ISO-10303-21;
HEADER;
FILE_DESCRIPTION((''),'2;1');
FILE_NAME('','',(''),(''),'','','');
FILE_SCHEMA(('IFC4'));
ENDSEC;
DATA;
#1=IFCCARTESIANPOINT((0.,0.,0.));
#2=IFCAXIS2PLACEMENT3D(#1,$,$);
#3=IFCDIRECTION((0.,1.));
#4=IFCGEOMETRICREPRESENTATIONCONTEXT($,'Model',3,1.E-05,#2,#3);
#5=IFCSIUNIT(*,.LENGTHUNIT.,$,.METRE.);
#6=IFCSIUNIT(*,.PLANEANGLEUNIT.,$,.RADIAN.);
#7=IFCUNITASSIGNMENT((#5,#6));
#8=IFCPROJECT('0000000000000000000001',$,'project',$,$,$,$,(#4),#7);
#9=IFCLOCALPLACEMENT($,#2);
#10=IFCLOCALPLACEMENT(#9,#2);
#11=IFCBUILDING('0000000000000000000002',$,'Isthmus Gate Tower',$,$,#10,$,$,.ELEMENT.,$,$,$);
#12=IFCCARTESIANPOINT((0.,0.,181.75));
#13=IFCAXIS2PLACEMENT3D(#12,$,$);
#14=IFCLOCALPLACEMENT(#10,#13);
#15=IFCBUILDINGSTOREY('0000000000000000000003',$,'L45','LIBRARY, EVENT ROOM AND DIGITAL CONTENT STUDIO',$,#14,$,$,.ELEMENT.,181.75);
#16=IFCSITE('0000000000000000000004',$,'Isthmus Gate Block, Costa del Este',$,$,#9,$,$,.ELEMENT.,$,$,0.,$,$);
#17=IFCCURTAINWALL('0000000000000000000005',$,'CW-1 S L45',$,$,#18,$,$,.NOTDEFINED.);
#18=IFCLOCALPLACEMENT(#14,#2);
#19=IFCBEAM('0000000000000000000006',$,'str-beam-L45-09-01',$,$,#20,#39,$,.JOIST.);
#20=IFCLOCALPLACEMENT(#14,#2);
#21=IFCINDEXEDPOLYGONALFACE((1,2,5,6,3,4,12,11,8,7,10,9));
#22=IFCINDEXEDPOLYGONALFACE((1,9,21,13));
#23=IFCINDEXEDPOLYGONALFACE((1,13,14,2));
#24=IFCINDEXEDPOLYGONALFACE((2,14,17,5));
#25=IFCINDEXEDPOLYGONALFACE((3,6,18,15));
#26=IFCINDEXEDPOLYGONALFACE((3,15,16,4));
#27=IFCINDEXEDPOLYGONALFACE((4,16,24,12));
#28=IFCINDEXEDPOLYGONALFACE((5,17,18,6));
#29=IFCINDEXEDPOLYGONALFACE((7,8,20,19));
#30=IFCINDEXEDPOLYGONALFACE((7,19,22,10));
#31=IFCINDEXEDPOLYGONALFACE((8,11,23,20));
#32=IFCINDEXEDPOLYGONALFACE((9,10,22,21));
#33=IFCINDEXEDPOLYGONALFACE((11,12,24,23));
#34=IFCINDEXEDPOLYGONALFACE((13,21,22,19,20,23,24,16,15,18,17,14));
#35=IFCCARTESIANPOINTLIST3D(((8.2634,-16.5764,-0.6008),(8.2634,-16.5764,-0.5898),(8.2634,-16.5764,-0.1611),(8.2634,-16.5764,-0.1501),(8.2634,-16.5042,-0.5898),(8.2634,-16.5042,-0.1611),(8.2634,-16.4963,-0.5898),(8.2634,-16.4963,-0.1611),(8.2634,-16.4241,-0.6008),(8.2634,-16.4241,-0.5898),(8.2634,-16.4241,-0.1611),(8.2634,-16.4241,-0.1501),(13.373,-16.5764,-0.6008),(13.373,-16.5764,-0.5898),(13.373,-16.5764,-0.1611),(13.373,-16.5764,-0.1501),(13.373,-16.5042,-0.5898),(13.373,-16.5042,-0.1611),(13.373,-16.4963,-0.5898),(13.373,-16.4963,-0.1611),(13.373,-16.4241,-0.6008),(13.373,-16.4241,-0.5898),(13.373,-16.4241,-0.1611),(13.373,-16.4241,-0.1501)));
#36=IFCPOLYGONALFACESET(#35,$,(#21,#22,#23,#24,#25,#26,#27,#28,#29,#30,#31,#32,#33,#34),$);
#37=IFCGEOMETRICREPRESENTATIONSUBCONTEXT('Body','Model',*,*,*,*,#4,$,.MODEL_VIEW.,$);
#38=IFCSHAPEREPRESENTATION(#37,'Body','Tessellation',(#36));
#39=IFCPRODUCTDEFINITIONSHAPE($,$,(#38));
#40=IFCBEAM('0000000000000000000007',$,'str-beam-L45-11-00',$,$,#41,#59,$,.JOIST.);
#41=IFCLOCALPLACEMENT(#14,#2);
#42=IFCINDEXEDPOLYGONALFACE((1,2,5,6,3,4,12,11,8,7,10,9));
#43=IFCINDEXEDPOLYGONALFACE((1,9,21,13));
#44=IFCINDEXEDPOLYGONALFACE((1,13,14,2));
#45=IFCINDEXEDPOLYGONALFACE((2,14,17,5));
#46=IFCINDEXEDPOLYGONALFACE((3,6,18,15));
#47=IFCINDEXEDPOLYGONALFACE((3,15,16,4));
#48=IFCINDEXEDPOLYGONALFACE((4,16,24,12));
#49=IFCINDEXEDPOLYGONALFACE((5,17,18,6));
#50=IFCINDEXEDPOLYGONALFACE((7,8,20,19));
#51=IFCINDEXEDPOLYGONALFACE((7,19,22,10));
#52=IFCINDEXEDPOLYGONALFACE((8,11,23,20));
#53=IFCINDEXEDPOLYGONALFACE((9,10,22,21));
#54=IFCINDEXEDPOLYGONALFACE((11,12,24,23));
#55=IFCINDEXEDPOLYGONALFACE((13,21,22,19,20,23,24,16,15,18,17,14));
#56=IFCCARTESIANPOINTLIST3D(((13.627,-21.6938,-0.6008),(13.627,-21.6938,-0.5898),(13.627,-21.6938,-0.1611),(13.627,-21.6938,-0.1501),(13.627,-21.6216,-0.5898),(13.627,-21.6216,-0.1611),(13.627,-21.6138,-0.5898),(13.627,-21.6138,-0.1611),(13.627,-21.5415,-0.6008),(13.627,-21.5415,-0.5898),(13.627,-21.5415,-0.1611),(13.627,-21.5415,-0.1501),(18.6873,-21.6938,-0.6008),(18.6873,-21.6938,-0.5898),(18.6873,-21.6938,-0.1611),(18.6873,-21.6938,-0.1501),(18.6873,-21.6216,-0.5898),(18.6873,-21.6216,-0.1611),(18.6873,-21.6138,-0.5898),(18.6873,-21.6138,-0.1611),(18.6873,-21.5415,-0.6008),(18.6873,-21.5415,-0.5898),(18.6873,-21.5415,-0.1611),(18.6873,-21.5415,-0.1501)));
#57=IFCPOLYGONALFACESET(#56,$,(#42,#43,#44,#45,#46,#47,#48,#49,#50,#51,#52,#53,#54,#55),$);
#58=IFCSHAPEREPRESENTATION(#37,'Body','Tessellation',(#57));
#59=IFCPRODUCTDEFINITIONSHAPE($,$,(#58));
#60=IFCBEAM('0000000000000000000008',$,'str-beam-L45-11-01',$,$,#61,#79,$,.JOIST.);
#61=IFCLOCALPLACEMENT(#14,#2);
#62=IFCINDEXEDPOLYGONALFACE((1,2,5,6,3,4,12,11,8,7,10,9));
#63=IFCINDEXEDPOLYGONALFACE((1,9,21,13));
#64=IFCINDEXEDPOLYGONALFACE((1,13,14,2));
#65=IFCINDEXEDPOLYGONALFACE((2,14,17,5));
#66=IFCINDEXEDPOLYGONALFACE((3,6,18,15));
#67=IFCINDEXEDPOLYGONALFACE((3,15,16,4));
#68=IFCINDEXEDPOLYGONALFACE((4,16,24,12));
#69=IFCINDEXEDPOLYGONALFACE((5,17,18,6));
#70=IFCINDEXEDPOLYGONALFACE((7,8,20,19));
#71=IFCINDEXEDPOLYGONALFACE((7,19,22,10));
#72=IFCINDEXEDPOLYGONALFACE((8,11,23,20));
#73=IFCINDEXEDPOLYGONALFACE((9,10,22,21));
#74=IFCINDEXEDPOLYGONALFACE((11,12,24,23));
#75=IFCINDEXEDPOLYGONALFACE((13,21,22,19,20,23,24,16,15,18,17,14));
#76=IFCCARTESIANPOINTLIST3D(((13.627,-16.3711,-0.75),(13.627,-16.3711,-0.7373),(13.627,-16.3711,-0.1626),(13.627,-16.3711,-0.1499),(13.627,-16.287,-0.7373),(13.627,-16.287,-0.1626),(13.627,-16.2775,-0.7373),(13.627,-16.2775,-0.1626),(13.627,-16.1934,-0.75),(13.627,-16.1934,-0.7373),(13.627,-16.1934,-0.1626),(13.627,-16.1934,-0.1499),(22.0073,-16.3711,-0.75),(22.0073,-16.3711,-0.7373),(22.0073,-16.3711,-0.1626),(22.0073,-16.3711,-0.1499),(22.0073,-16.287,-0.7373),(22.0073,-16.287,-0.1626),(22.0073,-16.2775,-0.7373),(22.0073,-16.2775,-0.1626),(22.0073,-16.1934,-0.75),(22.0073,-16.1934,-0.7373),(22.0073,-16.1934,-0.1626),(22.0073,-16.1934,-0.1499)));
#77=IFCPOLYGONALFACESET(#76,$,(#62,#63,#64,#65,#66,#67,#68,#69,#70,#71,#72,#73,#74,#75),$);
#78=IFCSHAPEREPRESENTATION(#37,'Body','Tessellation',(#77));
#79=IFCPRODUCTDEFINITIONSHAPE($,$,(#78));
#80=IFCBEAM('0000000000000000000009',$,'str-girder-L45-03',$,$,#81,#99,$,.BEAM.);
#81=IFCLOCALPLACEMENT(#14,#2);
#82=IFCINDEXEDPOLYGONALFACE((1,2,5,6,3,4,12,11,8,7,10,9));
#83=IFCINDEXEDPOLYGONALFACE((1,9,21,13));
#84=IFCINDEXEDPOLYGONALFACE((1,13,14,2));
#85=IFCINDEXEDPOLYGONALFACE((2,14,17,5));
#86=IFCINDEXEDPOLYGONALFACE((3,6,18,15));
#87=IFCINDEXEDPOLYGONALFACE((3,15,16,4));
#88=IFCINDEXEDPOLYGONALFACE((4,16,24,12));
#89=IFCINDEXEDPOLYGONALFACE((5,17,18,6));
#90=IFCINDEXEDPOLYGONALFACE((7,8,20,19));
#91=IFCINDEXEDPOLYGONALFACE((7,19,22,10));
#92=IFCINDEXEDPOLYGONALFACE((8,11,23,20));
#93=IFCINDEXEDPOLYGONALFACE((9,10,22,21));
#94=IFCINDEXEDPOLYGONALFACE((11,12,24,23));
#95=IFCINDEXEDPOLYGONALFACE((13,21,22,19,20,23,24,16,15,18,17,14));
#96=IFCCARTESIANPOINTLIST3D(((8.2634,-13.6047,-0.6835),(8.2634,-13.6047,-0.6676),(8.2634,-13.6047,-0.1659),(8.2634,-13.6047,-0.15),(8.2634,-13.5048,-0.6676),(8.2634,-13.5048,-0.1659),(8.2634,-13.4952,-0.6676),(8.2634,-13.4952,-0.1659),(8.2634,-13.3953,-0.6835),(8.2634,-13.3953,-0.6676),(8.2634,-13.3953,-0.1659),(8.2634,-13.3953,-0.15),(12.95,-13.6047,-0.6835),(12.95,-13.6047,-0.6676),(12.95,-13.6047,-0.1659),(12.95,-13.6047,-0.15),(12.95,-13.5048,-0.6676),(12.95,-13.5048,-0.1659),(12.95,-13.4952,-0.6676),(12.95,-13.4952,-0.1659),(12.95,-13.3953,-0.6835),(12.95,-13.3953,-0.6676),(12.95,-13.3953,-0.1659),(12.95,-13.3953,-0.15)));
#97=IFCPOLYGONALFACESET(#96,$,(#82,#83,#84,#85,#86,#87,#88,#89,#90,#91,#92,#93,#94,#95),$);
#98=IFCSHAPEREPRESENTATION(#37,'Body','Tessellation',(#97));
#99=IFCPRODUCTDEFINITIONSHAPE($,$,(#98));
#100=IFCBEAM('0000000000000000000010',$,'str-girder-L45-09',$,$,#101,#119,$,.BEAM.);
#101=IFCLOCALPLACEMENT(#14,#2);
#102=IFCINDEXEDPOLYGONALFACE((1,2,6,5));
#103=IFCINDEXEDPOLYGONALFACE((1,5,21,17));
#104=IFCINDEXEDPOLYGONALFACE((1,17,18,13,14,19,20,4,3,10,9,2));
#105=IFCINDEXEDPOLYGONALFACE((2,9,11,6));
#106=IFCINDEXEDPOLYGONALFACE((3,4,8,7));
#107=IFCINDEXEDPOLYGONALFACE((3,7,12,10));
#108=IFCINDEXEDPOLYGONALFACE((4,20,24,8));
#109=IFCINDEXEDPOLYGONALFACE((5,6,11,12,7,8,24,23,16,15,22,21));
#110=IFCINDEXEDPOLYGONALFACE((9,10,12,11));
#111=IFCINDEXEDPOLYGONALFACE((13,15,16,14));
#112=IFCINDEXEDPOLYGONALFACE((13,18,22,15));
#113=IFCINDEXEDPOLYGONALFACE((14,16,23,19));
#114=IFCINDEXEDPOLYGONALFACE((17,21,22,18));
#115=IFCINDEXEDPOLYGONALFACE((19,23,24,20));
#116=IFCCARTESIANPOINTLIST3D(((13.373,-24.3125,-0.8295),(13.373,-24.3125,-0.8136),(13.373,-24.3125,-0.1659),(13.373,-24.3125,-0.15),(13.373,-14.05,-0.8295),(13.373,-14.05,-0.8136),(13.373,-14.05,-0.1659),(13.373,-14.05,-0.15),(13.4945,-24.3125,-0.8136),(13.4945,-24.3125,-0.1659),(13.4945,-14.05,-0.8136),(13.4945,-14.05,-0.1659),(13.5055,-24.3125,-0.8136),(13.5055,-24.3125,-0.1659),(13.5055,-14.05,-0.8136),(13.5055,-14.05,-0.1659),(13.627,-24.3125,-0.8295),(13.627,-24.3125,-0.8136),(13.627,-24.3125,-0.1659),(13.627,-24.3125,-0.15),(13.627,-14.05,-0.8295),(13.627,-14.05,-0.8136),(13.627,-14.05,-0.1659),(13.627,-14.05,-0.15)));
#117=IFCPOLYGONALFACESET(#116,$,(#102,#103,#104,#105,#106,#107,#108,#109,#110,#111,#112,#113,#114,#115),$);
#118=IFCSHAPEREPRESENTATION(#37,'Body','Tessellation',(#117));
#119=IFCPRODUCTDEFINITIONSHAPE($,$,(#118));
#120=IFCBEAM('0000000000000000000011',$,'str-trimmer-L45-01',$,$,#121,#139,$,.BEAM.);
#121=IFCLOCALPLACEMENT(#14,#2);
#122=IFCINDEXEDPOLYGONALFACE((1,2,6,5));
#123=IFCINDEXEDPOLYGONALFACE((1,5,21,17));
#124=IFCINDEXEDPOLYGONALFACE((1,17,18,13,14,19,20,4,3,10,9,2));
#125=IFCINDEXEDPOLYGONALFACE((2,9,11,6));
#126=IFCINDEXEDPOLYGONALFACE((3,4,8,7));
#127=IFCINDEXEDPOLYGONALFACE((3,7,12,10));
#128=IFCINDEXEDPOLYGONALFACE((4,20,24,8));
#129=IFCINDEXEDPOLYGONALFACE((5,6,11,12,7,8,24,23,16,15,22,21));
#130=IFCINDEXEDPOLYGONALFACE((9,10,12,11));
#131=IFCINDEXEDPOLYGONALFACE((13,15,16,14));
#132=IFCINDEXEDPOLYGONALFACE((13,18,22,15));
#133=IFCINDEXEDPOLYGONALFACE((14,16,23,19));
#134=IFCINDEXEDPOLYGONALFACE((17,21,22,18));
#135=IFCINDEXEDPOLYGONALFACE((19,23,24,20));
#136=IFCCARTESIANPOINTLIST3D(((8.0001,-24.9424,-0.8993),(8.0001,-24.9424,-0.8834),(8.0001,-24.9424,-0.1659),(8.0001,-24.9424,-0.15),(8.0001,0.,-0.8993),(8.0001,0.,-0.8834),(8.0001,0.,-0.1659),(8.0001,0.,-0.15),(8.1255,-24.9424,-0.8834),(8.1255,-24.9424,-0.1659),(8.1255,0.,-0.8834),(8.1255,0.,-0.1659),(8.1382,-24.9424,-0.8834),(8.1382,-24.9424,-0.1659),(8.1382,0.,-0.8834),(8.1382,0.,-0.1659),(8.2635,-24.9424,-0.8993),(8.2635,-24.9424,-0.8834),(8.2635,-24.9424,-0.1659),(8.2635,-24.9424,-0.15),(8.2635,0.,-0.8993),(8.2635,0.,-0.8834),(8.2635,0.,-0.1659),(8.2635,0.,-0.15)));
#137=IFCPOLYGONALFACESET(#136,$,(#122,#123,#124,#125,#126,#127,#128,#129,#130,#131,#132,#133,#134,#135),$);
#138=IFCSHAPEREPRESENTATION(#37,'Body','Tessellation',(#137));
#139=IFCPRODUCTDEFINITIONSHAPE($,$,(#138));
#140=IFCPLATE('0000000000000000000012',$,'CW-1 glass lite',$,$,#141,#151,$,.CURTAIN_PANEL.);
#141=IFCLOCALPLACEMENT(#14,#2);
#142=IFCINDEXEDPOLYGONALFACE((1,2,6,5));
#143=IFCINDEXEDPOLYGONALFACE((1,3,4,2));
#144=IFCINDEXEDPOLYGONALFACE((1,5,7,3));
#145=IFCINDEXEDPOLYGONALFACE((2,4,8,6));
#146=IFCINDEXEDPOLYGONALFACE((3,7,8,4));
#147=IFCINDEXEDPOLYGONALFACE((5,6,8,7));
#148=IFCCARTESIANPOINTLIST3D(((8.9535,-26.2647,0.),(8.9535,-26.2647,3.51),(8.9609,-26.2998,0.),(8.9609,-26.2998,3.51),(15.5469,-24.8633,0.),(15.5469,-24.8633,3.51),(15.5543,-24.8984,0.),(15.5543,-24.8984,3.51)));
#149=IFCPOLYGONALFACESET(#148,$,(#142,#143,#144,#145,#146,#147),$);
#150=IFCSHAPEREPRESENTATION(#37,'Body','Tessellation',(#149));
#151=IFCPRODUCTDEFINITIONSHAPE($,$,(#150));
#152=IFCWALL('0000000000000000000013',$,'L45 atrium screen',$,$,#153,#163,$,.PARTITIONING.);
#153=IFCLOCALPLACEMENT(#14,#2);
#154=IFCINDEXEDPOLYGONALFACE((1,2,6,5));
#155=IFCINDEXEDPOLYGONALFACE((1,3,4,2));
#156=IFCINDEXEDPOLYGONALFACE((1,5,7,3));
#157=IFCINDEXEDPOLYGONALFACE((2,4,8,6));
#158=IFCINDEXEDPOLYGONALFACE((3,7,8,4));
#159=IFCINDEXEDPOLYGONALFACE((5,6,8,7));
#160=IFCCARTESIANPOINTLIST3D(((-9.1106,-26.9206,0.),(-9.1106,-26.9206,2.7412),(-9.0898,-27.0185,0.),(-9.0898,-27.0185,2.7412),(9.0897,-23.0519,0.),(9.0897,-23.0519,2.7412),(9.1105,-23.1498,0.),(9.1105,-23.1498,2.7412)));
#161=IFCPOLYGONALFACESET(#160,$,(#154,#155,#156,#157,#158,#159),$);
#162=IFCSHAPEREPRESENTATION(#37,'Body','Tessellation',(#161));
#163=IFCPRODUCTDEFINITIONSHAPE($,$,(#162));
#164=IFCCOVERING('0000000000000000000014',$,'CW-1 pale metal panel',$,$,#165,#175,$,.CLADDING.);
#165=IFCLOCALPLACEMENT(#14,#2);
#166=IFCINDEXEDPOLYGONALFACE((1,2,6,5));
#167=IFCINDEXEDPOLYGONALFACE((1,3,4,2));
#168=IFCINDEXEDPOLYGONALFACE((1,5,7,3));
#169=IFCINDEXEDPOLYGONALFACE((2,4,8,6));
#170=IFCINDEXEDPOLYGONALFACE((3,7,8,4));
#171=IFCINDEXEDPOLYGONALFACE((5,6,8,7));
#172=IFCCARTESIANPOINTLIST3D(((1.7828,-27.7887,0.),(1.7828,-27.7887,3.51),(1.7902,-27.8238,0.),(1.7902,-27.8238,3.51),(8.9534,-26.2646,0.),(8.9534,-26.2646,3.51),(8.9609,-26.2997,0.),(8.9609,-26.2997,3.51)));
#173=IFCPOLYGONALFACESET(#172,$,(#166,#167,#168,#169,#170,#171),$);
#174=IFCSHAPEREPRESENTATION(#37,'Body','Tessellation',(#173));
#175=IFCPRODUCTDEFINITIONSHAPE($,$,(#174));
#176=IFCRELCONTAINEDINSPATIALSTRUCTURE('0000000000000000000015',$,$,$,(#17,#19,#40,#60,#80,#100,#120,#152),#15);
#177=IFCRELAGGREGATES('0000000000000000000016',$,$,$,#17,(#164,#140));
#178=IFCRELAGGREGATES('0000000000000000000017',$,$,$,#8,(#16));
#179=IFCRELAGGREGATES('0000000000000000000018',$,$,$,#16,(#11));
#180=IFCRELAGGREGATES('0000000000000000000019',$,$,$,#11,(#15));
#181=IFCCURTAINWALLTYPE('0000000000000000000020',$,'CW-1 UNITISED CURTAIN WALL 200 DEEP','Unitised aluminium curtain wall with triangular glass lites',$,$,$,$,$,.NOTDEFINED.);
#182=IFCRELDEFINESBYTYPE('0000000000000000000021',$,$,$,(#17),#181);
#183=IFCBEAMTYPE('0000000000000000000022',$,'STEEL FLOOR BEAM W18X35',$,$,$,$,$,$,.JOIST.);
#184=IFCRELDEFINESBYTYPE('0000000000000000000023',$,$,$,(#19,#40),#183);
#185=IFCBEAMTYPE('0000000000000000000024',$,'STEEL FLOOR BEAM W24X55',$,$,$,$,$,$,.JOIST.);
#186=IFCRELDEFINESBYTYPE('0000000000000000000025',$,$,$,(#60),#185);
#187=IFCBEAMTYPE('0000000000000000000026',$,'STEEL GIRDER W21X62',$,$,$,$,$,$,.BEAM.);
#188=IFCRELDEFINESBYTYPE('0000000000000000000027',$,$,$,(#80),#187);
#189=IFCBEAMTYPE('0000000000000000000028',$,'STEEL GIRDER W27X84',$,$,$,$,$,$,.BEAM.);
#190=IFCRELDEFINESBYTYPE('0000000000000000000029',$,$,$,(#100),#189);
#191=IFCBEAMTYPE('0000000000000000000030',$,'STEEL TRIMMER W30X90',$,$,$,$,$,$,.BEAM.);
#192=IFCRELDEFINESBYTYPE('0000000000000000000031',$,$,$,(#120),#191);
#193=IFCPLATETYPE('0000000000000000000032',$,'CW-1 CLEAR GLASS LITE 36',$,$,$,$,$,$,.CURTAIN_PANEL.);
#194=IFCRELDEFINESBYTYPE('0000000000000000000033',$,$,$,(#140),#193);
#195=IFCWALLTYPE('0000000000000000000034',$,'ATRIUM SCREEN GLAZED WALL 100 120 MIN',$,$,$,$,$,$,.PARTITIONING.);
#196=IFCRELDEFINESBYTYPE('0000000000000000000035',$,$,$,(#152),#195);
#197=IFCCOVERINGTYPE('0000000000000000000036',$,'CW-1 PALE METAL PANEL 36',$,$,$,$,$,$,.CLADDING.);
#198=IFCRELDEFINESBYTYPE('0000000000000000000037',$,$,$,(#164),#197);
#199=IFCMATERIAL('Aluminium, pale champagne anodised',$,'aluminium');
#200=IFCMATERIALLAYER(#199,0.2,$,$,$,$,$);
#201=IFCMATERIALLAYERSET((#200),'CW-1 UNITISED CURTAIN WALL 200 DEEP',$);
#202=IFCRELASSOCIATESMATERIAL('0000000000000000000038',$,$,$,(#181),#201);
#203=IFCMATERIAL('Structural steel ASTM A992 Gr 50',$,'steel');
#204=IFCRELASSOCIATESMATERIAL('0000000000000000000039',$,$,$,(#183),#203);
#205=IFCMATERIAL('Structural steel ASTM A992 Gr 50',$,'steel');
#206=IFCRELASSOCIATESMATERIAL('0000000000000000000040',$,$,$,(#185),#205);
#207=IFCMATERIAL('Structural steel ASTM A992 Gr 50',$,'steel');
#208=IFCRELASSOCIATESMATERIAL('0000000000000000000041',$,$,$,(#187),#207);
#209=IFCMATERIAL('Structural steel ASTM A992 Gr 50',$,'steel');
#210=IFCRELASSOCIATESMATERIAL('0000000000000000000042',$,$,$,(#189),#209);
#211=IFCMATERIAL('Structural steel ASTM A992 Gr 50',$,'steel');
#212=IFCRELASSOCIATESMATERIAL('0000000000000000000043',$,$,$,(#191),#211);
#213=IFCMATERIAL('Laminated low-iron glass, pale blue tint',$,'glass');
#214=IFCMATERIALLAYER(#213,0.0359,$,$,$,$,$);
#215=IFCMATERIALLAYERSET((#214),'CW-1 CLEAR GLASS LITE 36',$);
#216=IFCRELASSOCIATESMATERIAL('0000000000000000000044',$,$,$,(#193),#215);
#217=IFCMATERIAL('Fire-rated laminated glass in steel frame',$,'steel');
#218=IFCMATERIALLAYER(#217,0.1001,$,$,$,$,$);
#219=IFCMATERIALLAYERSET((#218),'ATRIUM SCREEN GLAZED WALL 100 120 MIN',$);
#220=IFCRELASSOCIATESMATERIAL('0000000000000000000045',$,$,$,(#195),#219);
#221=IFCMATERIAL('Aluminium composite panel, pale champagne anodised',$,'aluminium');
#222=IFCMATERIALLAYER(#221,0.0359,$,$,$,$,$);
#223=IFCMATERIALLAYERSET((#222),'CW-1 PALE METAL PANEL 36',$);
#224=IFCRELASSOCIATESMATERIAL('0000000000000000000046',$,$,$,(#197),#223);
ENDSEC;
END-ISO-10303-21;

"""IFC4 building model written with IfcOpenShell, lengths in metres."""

from ifc_helpers import new_model, si_unit, direction, frame, frame_2d, origin, origin_2d, place, context, subcontext, project, spatial, rectangle, i_section, extrude, material, layer, layer_set, material_profile, profile_set, type_object, element, aggregate, save


model = new_model("IFC4")

# Units and contexts
model_context = context("Model", 3, precision=1e-05, world=origin(), true_north=direction((0.0, 1.0)))
body_context = subcontext(model_context, "Body", "Model", "MODEL_VIEW")
ifc_project = project(units=[si_unit("LENGTHUNIT", "METRE"), si_unit("PLANEANGLEUNIT", "RADIAN")], contexts=[model_context])

# Site, building, storey
site_placement = place(None, origin())
site = spatial("IfcSite", under=ifc_project, at=site_placement, Name="Isthmus Gate Block, Costa del Este", CompositionType="ELEMENT", RefElevation=0.0)
building_placement = place(site_placement, origin())
building = spatial("IfcBuilding", under=site, at=building_placement, Name="Isthmus Gate Tower", CompositionType="ELEMENT")
storey_placement = place(building_placement, frame((0.0, 0.0, 181.75)))
storey = spatial("IfcBuildingStorey", under=building, at=storey_placement, Name="L45", Description="LIBRARY, EVENT ROOM AND DIGITAL CONTENT STUDIO", CompositionType="ELEMENT", Elevation=181.75)

# Curtain wall
ifc_material_1 = material(Name="Aluminium, pale champagne anodised", Category="aluminium")
ifc_layer_1 = layer(ifc_material_1, 0.2)
ifc_layer_set_1 = layer_set([ifc_layer_1], Name="CW-1 UNITISED CURTAIN WALL 200 DEEP")
curtain_wall_type = type_object("IfcCurtainWallType", Name="CW-1 UNITISED CURTAIN WALL 200 DEEP", Description="Unitised aluminium curtain wall with triangular glass lites", PredefinedType="NOTDEFINED", material=ifc_layer_set_1)
curtain_wall_placement = place(storey_placement, origin())
curtain_wall = element("IfcCurtainWall", 1, at=curtain_wall_placement, inside=storey, type_object=curtain_wall_type, Name="CW-1 S L45", PredefinedType="NOTDEFINED")

# Beams
ifc_material_2 = material(Name="Structural steel ASTM A992 Gr 50", Category="steel")
ifc_material_profile_1 = material_profile(ifc_material_2, i_section(OverallWidth=0.1523, OverallDepth=0.4507, WebThickness=0.0078, FlangeThickness=0.011, at=origin_2d()), Name="W18X35")
ifc_profile_set_1 = profile_set([ifc_material_profile_1], Name="Structural steel ASTM A992 Gr 50")
beam_type_1 = type_object("IfcBeamType", Name="STEEL FLOOR BEAM W18X35", PredefinedType="JOIST", material=ifc_profile_set_1)
for number, where, z_axis, x_axis, name in (
    (2, (8.2634, -16.5002, -0.3755), (1.0, 0.0, 0.0), (0.0, 1.0, 0.0), "str-beam-L45-09-01"),
):
    element("IfcBeam", number, at=place(storey_placement, frame(where, z_axis=z_axis, x_axis=x_axis)), inside=storey, type_object=beam_type_1, Name=name, PredefinedType="JOIST", context=body_context, shape_type="SweptSolid", body=[
        extrude(i_section(OverallWidth=0.1523, OverallDepth=0.4507, WebThickness=0.0078, FlangeThickness=0.011, at=origin_2d()), origin(), (0.0, 0.0, 1.0), 5.1096),
    ])
beam_1_placement = place(storey_placement, frame((13.627, -21.6177, -0.3755), z_axis=(1.0, 0.0, 0.0), x_axis=(0.0, 1.0, 0.0)))
element("IfcBeam", 3, at=beam_1_placement, inside=storey, type_object=beam_type_1, Name="str-beam-L45-11-00", PredefinedType="JOIST", context=body_context, shape_type="SweptSolid", body=[
    extrude(i_section(OverallWidth=0.1523, OverallDepth=0.4507, WebThickness=0.0078, FlangeThickness=0.011, at=origin_2d()), origin(), (0.0, 0.0, 1.0), 5.0603),
])
ifc_material_3 = material(Name="Structural steel ASTM A992 Gr 50", Category="steel")
ifc_material_profile_2 = material_profile(ifc_material_3, i_section(OverallWidth=0.1777, OverallDepth=0.6001, WebThickness=0.0095, FlangeThickness=0.0127, at=origin_2d()), Name="W24X55")
ifc_profile_set_2 = profile_set([ifc_material_profile_2], Name="Structural steel ASTM A992 Gr 50")
beam_type_2 = type_object("IfcBeamType", Name="STEEL FLOOR BEAM W24X55", PredefinedType="JOIST", material=ifc_profile_set_2)
beam_2_placement = place(storey_placement, frame((13.627, -16.2822, -0.45), z_axis=(1.0, 0.0, 0.0), x_axis=(0.0, 1.0, 0.0)))
element("IfcBeam", 4, at=beam_2_placement, inside=storey, type_object=beam_type_2, Name="str-beam-L45-11-01", PredefinedType="JOIST", context=body_context, shape_type="SweptSolid", body=[
    extrude(i_section(OverallWidth=0.1777, OverallDepth=0.6001, WebThickness=0.0095, FlangeThickness=0.0127, at=origin_2d()), origin(), (0.0, 0.0, 1.0), 8.3804),
])
ifc_material_4 = material(Name="Structural steel ASTM A992 Gr 50", Category="steel")
ifc_material_profile_3 = material_profile(ifc_material_4, i_section(OverallWidth=0.2095, OverallDepth=0.5334, WebThickness=0.0095, FlangeThickness=0.0159, at=origin_2d()), Name="W21X62")
ifc_profile_set_3 = profile_set([ifc_material_profile_3], Name="Structural steel ASTM A992 Gr 50")
beam_type_3 = type_object("IfcBeamType", Name="STEEL GIRDER W21X62", PredefinedType="BEAM", material=ifc_profile_set_3)
beam_3_placement = place(storey_placement, frame((8.2634, -13.5, -0.4167), z_axis=(1.0, 0.0, 0.0), x_axis=(0.0, 1.0, 0.0)))
element("IfcBeam", 5, at=beam_3_placement, inside=storey, type_object=beam_type_3, Name="str-girder-L45-03", PredefinedType="BEAM", context=body_context, shape_type="SweptSolid", body=[
    extrude(i_section(OverallWidth=0.2095, OverallDepth=0.5334, WebThickness=0.0095, FlangeThickness=0.0159, at=origin_2d()), origin(), (0.0, 0.0, 1.0), 4.6865),
])
ifc_material_5 = material(Name="Structural steel ASTM A992 Gr 50", Category="steel")
ifc_material_profile_4 = material_profile(ifc_material_5, i_section(OverallWidth=0.2539, OverallDepth=0.6794, WebThickness=0.011, FlangeThickness=0.0159, at=origin_2d()), Name="W27X84")
ifc_profile_set_4 = profile_set([ifc_material_profile_4], Name="Structural steel ASTM A992 Gr 50")
beam_type_4 = type_object("IfcBeamType", Name="STEEL GIRDER W27X84", PredefinedType="BEAM", material=ifc_profile_set_4)
beam_4_placement = place(storey_placement, frame((13.5, -24.3125, -0.4897), z_axis=(0.0, 1.0, 0.0), x_axis=(-1.0, 0.0, 0.0)))
element("IfcBeam", 6, at=beam_4_placement, inside=storey, type_object=beam_type_4, Name="str-girder-L45-09", PredefinedType="BEAM", context=body_context, shape_type="SweptSolid", body=[
    extrude(i_section(OverallWidth=0.2539, OverallDepth=0.6794, WebThickness=0.011, FlangeThickness=0.0159, at=origin_2d()), origin(), (0.0, 0.0, 1.0), 10.2625),
])
ifc_material_6 = material(Name="Structural steel ASTM A992 Gr 50", Category="steel")
ifc_material_profile_5 = material_profile(ifc_material_6, i_section(OverallWidth=0.2634, OverallDepth=0.7493, WebThickness=0.0127, FlangeThickness=0.0159, at=origin_2d()), Name="W30X90")
ifc_profile_set_5 = profile_set([ifc_material_profile_5], Name="Structural steel ASTM A992 Gr 50")
beam_type_5 = type_object("IfcBeamType", Name="STEEL TRIMMER W30X90", PredefinedType="BEAM", material=ifc_profile_set_5)
beam_5_placement = place(storey_placement, frame((8.1318, -24.9424, -0.5247), z_axis=(0.0, 1.0, 0.0), x_axis=(-1.0, 0.0, 0.0)))
element("IfcBeam", 7, at=beam_5_placement, inside=storey, type_object=beam_type_5, Name="str-trimmer-L45-01", PredefinedType="BEAM", context=body_context, shape_type="SweptSolid", body=[
    extrude(i_section(OverallWidth=0.2634, OverallDepth=0.7493, WebThickness=0.0127, FlangeThickness=0.0159, at=origin_2d()), origin(), (0.0, 0.0, 1.0), 24.9424),
])

# Plate
ifc_material_7 = material(Name="Laminated low-iron glass, pale blue tint", Category="glass")
ifc_layer_2 = layer(ifc_material_7, 0.0359)
ifc_layer_set_2 = layer_set([ifc_layer_2], Name="CW-1 CLEAR GLASS LITE 36")
plate_type = type_object("IfcPlateType", Name="CW-1 CLEAR GLASS LITE 36", PredefinedType="CURTAIN_PANEL", material=ifc_layer_set_2)
plate_placement = place(storey_placement, frame((12.2539, -25.5815, 0.0), z_axis=(0.0, 0.0, 1.0), x_axis=(0.978148, 0.207912, 0.0)))
plate = element("IfcPlate", 8, at=plate_placement, type_object=plate_type, Name="CW-1 glass lite", PredefinedType="CURTAIN_PANEL", context=body_context, shape_type="SweptSolid", body=[
    extrude(rectangle(XDim=6.7407, YDim=0.0359, at=origin_2d()), origin(), (0.0, 0.0, 1.0), 3.51),
])

# Wall
ifc_material_8 = material(Name="Fire-rated laminated glass in steel frame", Category="steel")
ifc_layer_3 = layer(ifc_material_8, 0.1001)
ifc_layer_set_3 = layer_set([ifc_layer_3], Name="ATRIUM SCREEN GLAZED WALL 100 120 MIN")
wall_type = type_object("IfcWallType", Name="ATRIUM SCREEN GLAZED WALL 100 120 MIN", PredefinedType="PARTITIONING", material=ifc_layer_set_3)
wall_placement = place(storey_placement, frame((9.1001, -23.1008, 0.0), z_axis=(0.0, 0.0, 1.0), x_axis=(-0.978147, -0.207916, 0.0)))
element("IfcWall", 9, at=wall_placement, inside=storey, type_object=wall_type, Name="L45 atrium screen", PredefinedType="PARTITIONING", context=body_context, shape_type="SweptSolid", body=[
    extrude(rectangle(XDim=18.6069, YDim=0.1001, at=frame_2d((9.3035, 0.0))), origin(), (0.0, 0.0, 1.0), 2.7412),
])

# Covering
ifc_material_9 = material(Name="Aluminium composite panel, pale champagne anodised", Category="aluminium")
ifc_layer_4 = layer(ifc_material_9, 0.0359)
ifc_layer_set_4 = layer_set([ifc_layer_4], Name="CW-1 PALE METAL PANEL 36")
covering_type = type_object("IfcCoveringType", Name="CW-1 PALE METAL PANEL 36", PredefinedType="CLADDING", material=ifc_layer_set_4)
covering_placement = place(storey_placement, frame((5.3718, -27.0442, 0.0), z_axis=(0.0, 0.0, 1.0), x_axis=(0.978148, 0.207912, 0.0)))
covering = element("IfcCovering", 10, at=covering_placement, type_object=covering_type, Name="CW-1 pale metal panel", PredefinedType="CLADDING", context=body_context, shape_type="SweptSolid", body=[
    extrude(rectangle(XDim=7.3308, YDim=0.0359, at=origin_2d()), origin(), (0.0, 0.0, 1.0), 3.51),
])
aggregate(curtain_wall, [covering, plate])

save(model, "model.ifc")
